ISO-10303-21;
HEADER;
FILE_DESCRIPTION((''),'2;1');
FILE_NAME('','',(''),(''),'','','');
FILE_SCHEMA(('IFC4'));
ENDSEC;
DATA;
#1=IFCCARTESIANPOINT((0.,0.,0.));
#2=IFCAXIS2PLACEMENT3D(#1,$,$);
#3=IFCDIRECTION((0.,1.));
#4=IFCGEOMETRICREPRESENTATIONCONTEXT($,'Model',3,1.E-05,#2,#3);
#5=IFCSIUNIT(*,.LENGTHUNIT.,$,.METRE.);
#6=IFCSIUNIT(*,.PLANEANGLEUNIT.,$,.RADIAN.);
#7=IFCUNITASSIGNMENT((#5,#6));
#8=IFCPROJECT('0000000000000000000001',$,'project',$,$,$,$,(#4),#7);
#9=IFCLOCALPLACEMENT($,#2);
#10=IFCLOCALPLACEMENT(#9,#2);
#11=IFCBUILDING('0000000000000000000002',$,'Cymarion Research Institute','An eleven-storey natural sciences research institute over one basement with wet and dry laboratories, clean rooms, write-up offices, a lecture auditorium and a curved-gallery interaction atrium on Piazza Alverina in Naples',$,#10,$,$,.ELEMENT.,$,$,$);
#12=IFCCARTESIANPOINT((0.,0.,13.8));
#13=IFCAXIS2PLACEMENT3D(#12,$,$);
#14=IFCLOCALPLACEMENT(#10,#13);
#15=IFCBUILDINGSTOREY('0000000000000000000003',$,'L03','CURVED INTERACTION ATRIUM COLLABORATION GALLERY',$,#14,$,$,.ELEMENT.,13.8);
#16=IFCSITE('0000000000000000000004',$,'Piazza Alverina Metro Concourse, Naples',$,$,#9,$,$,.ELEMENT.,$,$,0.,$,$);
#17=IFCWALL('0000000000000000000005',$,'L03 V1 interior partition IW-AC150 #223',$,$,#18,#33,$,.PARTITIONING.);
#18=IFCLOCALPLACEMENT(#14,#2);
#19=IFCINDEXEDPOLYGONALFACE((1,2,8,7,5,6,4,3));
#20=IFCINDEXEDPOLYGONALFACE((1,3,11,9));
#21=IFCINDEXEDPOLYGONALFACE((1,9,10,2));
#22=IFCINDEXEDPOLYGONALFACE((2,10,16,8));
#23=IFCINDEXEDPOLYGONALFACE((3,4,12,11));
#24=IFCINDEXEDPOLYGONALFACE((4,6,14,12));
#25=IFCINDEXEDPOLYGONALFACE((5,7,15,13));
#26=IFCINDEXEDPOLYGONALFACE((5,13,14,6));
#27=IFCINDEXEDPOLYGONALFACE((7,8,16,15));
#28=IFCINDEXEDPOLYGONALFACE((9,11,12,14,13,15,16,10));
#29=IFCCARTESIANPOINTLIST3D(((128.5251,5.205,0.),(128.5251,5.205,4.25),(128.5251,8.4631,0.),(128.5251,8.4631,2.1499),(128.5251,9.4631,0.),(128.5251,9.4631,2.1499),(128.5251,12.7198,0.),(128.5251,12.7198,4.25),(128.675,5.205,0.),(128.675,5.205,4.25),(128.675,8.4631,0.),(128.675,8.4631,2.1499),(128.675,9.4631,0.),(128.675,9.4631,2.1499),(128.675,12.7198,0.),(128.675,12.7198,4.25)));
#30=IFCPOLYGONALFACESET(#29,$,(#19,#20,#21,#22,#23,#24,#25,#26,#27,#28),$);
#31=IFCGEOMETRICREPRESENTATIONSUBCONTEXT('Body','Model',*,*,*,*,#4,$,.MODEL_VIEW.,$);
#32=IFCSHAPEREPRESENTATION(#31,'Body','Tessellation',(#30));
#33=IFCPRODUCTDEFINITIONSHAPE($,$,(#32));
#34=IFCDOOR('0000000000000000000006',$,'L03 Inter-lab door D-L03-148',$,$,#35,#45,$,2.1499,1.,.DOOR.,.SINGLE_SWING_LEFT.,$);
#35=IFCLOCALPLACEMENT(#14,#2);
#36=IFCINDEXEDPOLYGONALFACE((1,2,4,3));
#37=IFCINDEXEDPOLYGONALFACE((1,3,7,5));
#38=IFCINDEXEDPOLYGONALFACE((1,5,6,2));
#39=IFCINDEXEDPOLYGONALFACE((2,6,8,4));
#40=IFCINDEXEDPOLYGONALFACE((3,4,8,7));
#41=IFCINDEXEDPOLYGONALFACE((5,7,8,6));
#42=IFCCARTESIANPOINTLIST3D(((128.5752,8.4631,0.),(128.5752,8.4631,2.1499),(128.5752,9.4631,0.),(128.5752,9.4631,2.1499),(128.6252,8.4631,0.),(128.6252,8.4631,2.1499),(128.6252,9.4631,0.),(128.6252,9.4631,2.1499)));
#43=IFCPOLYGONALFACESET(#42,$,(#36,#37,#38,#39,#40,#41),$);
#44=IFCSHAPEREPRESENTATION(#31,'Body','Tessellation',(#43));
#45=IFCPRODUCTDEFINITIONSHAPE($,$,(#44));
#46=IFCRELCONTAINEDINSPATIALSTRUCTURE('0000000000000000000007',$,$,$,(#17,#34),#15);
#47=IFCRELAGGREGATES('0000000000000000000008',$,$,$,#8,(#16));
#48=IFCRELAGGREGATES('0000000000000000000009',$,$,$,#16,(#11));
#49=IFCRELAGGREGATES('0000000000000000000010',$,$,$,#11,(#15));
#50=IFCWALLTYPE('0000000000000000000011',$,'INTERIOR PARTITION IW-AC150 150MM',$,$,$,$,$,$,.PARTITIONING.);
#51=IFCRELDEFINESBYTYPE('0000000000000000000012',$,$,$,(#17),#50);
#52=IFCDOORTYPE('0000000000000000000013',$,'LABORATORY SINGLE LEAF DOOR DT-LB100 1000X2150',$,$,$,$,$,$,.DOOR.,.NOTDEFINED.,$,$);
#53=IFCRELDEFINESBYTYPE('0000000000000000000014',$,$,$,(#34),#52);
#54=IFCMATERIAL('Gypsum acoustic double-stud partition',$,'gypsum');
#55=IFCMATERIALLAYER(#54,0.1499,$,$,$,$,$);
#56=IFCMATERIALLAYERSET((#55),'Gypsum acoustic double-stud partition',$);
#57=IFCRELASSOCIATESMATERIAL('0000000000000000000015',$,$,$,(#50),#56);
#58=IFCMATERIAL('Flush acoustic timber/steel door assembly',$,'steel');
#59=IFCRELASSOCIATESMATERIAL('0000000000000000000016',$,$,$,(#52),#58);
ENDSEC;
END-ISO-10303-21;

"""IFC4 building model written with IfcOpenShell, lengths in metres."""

from ifc_helpers import new_model, si_unit, direction, frame, frame_2d, origin, place, context, subcontext, project, spatial, rectangle, extrude, material, layer, layer_set, type_object, element, fill, save


model = new_model("IFC4")

# Units and contexts
model_context = context("Model", 3, precision=1e-05, world=origin(), true_north=direction((0.0, 1.0)))
body_context = subcontext(model_context, "Body", "Model", "MODEL_VIEW")
ifc_project = project(units=[si_unit("LENGTHUNIT", "METRE"), si_unit("PLANEANGLEUNIT", "RADIAN")], contexts=[model_context])

# Site, building, storey
site_placement = place(None, origin())
site = spatial("IfcSite", under=ifc_project, at=site_placement, Name="Piazza Alverina Metro Concourse, Naples", CompositionType="ELEMENT", RefElevation=0.0)
building_placement = place(site_placement, origin())
building = spatial("IfcBuilding", under=site, at=building_placement, Name="Cymarion Research Institute", Description="An eleven-storey natural sciences research institute over one basement with wet and dry laboratories, clean rooms, write-up offices, a lecture auditorium and a curved-gallery interaction atrium on Piazza Alverina in Naples", CompositionType="ELEMENT")
storey_placement = place(building_placement, frame((0.0, 0.0, 13.8)))
storey = spatial("IfcBuildingStorey", under=building, at=storey_placement, Name="L03", Description="CURVED INTERACTION ATRIUM COLLABORATION GALLERY", CompositionType="ELEMENT", Elevation=13.8)

# Wall, opening, door
ifc_material_1 = material(Name="Gypsum acoustic double-stud partition", Category="gypsum")
ifc_layer_1 = layer(ifc_material_1, 0.1499)
ifc_layer_set_1 = layer_set([ifc_layer_1], Name="Gypsum acoustic double-stud partition")
wall_type = type_object("IfcWallType", Name="INTERIOR PARTITION IW-AC150 150MM", PredefinedType="PARTITIONING", material=ifc_layer_set_1)
wall_placement = place(storey_placement, frame((128.6001, 5.2051, 0.0), z_axis=(0.0, 0.0, 1.0), x_axis=(0.0, 1.0, 0.0)))
wall = element("IfcWall", 1, at=wall_placement, inside=storey, type_object=wall_type, Name="L03 V1 interior partition IW-AC150 #223", PredefinedType="PARTITIONING", context=body_context, shape_type="SweptSolid", body=[
    extrude(rectangle(XDim=7.5149, YDim=0.1499, at=frame_2d((3.7573, 0.0))), origin(), (0.0, 0.0, 1.0), 4.25),
])
opening_placement = place(wall_placement, frame((3.2581, 0.0, 0.0)))
opening = element("IfcOpeningElement", 2, at=opening_placement, cuts=wall, PredefinedType="OPENING", context=body_context, shape_type="SweptSolid", body=[
    extrude(rectangle(XDim=1.0, YDim=2.1499, at=frame_2d((0.5, 1.075))), frame((0.0, 0.085, 0.0), z_axis=(0.0, -1.0, 0.0), x_axis=(1.0, 0.0, 0.0)), (0.0, 0.0, 1.0), 0.1699),
])
ifc_material_2 = material(Name="Flush acoustic timber/steel door assembly", Category="steel")
door_type = type_object("IfcDoorType", Name="LABORATORY SINGLE LEAF DOOR DT-LB100 1000X2150", OperationType="NOTDEFINED", PredefinedType="DOOR", material=ifc_material_2)
door_placement = place(opening_placement, origin())
door = element("IfcDoor", 3, at=door_placement, inside=storey, type_object=door_type, Name="L03 Inter-lab door D-L03-148", OperationType="SINGLE_SWING_LEFT", OverallHeight=2.1499, OverallWidth=1.0, PredefinedType="DOOR", context=body_context, shape_type="SweptSolid", body=[
    extrude(rectangle(XDim=1.0, YDim=2.1499, at=frame_2d((0.5, 1.075))), frame((0.0, 0.0249, 0.0), z_axis=(0.0, -1.0, 0.0), x_axis=(1.0, 0.0, 0.0)), (0.0, 0.0, 1.0), 0.05),
])
fill(opening, door)

save(model, "model.ifc")
